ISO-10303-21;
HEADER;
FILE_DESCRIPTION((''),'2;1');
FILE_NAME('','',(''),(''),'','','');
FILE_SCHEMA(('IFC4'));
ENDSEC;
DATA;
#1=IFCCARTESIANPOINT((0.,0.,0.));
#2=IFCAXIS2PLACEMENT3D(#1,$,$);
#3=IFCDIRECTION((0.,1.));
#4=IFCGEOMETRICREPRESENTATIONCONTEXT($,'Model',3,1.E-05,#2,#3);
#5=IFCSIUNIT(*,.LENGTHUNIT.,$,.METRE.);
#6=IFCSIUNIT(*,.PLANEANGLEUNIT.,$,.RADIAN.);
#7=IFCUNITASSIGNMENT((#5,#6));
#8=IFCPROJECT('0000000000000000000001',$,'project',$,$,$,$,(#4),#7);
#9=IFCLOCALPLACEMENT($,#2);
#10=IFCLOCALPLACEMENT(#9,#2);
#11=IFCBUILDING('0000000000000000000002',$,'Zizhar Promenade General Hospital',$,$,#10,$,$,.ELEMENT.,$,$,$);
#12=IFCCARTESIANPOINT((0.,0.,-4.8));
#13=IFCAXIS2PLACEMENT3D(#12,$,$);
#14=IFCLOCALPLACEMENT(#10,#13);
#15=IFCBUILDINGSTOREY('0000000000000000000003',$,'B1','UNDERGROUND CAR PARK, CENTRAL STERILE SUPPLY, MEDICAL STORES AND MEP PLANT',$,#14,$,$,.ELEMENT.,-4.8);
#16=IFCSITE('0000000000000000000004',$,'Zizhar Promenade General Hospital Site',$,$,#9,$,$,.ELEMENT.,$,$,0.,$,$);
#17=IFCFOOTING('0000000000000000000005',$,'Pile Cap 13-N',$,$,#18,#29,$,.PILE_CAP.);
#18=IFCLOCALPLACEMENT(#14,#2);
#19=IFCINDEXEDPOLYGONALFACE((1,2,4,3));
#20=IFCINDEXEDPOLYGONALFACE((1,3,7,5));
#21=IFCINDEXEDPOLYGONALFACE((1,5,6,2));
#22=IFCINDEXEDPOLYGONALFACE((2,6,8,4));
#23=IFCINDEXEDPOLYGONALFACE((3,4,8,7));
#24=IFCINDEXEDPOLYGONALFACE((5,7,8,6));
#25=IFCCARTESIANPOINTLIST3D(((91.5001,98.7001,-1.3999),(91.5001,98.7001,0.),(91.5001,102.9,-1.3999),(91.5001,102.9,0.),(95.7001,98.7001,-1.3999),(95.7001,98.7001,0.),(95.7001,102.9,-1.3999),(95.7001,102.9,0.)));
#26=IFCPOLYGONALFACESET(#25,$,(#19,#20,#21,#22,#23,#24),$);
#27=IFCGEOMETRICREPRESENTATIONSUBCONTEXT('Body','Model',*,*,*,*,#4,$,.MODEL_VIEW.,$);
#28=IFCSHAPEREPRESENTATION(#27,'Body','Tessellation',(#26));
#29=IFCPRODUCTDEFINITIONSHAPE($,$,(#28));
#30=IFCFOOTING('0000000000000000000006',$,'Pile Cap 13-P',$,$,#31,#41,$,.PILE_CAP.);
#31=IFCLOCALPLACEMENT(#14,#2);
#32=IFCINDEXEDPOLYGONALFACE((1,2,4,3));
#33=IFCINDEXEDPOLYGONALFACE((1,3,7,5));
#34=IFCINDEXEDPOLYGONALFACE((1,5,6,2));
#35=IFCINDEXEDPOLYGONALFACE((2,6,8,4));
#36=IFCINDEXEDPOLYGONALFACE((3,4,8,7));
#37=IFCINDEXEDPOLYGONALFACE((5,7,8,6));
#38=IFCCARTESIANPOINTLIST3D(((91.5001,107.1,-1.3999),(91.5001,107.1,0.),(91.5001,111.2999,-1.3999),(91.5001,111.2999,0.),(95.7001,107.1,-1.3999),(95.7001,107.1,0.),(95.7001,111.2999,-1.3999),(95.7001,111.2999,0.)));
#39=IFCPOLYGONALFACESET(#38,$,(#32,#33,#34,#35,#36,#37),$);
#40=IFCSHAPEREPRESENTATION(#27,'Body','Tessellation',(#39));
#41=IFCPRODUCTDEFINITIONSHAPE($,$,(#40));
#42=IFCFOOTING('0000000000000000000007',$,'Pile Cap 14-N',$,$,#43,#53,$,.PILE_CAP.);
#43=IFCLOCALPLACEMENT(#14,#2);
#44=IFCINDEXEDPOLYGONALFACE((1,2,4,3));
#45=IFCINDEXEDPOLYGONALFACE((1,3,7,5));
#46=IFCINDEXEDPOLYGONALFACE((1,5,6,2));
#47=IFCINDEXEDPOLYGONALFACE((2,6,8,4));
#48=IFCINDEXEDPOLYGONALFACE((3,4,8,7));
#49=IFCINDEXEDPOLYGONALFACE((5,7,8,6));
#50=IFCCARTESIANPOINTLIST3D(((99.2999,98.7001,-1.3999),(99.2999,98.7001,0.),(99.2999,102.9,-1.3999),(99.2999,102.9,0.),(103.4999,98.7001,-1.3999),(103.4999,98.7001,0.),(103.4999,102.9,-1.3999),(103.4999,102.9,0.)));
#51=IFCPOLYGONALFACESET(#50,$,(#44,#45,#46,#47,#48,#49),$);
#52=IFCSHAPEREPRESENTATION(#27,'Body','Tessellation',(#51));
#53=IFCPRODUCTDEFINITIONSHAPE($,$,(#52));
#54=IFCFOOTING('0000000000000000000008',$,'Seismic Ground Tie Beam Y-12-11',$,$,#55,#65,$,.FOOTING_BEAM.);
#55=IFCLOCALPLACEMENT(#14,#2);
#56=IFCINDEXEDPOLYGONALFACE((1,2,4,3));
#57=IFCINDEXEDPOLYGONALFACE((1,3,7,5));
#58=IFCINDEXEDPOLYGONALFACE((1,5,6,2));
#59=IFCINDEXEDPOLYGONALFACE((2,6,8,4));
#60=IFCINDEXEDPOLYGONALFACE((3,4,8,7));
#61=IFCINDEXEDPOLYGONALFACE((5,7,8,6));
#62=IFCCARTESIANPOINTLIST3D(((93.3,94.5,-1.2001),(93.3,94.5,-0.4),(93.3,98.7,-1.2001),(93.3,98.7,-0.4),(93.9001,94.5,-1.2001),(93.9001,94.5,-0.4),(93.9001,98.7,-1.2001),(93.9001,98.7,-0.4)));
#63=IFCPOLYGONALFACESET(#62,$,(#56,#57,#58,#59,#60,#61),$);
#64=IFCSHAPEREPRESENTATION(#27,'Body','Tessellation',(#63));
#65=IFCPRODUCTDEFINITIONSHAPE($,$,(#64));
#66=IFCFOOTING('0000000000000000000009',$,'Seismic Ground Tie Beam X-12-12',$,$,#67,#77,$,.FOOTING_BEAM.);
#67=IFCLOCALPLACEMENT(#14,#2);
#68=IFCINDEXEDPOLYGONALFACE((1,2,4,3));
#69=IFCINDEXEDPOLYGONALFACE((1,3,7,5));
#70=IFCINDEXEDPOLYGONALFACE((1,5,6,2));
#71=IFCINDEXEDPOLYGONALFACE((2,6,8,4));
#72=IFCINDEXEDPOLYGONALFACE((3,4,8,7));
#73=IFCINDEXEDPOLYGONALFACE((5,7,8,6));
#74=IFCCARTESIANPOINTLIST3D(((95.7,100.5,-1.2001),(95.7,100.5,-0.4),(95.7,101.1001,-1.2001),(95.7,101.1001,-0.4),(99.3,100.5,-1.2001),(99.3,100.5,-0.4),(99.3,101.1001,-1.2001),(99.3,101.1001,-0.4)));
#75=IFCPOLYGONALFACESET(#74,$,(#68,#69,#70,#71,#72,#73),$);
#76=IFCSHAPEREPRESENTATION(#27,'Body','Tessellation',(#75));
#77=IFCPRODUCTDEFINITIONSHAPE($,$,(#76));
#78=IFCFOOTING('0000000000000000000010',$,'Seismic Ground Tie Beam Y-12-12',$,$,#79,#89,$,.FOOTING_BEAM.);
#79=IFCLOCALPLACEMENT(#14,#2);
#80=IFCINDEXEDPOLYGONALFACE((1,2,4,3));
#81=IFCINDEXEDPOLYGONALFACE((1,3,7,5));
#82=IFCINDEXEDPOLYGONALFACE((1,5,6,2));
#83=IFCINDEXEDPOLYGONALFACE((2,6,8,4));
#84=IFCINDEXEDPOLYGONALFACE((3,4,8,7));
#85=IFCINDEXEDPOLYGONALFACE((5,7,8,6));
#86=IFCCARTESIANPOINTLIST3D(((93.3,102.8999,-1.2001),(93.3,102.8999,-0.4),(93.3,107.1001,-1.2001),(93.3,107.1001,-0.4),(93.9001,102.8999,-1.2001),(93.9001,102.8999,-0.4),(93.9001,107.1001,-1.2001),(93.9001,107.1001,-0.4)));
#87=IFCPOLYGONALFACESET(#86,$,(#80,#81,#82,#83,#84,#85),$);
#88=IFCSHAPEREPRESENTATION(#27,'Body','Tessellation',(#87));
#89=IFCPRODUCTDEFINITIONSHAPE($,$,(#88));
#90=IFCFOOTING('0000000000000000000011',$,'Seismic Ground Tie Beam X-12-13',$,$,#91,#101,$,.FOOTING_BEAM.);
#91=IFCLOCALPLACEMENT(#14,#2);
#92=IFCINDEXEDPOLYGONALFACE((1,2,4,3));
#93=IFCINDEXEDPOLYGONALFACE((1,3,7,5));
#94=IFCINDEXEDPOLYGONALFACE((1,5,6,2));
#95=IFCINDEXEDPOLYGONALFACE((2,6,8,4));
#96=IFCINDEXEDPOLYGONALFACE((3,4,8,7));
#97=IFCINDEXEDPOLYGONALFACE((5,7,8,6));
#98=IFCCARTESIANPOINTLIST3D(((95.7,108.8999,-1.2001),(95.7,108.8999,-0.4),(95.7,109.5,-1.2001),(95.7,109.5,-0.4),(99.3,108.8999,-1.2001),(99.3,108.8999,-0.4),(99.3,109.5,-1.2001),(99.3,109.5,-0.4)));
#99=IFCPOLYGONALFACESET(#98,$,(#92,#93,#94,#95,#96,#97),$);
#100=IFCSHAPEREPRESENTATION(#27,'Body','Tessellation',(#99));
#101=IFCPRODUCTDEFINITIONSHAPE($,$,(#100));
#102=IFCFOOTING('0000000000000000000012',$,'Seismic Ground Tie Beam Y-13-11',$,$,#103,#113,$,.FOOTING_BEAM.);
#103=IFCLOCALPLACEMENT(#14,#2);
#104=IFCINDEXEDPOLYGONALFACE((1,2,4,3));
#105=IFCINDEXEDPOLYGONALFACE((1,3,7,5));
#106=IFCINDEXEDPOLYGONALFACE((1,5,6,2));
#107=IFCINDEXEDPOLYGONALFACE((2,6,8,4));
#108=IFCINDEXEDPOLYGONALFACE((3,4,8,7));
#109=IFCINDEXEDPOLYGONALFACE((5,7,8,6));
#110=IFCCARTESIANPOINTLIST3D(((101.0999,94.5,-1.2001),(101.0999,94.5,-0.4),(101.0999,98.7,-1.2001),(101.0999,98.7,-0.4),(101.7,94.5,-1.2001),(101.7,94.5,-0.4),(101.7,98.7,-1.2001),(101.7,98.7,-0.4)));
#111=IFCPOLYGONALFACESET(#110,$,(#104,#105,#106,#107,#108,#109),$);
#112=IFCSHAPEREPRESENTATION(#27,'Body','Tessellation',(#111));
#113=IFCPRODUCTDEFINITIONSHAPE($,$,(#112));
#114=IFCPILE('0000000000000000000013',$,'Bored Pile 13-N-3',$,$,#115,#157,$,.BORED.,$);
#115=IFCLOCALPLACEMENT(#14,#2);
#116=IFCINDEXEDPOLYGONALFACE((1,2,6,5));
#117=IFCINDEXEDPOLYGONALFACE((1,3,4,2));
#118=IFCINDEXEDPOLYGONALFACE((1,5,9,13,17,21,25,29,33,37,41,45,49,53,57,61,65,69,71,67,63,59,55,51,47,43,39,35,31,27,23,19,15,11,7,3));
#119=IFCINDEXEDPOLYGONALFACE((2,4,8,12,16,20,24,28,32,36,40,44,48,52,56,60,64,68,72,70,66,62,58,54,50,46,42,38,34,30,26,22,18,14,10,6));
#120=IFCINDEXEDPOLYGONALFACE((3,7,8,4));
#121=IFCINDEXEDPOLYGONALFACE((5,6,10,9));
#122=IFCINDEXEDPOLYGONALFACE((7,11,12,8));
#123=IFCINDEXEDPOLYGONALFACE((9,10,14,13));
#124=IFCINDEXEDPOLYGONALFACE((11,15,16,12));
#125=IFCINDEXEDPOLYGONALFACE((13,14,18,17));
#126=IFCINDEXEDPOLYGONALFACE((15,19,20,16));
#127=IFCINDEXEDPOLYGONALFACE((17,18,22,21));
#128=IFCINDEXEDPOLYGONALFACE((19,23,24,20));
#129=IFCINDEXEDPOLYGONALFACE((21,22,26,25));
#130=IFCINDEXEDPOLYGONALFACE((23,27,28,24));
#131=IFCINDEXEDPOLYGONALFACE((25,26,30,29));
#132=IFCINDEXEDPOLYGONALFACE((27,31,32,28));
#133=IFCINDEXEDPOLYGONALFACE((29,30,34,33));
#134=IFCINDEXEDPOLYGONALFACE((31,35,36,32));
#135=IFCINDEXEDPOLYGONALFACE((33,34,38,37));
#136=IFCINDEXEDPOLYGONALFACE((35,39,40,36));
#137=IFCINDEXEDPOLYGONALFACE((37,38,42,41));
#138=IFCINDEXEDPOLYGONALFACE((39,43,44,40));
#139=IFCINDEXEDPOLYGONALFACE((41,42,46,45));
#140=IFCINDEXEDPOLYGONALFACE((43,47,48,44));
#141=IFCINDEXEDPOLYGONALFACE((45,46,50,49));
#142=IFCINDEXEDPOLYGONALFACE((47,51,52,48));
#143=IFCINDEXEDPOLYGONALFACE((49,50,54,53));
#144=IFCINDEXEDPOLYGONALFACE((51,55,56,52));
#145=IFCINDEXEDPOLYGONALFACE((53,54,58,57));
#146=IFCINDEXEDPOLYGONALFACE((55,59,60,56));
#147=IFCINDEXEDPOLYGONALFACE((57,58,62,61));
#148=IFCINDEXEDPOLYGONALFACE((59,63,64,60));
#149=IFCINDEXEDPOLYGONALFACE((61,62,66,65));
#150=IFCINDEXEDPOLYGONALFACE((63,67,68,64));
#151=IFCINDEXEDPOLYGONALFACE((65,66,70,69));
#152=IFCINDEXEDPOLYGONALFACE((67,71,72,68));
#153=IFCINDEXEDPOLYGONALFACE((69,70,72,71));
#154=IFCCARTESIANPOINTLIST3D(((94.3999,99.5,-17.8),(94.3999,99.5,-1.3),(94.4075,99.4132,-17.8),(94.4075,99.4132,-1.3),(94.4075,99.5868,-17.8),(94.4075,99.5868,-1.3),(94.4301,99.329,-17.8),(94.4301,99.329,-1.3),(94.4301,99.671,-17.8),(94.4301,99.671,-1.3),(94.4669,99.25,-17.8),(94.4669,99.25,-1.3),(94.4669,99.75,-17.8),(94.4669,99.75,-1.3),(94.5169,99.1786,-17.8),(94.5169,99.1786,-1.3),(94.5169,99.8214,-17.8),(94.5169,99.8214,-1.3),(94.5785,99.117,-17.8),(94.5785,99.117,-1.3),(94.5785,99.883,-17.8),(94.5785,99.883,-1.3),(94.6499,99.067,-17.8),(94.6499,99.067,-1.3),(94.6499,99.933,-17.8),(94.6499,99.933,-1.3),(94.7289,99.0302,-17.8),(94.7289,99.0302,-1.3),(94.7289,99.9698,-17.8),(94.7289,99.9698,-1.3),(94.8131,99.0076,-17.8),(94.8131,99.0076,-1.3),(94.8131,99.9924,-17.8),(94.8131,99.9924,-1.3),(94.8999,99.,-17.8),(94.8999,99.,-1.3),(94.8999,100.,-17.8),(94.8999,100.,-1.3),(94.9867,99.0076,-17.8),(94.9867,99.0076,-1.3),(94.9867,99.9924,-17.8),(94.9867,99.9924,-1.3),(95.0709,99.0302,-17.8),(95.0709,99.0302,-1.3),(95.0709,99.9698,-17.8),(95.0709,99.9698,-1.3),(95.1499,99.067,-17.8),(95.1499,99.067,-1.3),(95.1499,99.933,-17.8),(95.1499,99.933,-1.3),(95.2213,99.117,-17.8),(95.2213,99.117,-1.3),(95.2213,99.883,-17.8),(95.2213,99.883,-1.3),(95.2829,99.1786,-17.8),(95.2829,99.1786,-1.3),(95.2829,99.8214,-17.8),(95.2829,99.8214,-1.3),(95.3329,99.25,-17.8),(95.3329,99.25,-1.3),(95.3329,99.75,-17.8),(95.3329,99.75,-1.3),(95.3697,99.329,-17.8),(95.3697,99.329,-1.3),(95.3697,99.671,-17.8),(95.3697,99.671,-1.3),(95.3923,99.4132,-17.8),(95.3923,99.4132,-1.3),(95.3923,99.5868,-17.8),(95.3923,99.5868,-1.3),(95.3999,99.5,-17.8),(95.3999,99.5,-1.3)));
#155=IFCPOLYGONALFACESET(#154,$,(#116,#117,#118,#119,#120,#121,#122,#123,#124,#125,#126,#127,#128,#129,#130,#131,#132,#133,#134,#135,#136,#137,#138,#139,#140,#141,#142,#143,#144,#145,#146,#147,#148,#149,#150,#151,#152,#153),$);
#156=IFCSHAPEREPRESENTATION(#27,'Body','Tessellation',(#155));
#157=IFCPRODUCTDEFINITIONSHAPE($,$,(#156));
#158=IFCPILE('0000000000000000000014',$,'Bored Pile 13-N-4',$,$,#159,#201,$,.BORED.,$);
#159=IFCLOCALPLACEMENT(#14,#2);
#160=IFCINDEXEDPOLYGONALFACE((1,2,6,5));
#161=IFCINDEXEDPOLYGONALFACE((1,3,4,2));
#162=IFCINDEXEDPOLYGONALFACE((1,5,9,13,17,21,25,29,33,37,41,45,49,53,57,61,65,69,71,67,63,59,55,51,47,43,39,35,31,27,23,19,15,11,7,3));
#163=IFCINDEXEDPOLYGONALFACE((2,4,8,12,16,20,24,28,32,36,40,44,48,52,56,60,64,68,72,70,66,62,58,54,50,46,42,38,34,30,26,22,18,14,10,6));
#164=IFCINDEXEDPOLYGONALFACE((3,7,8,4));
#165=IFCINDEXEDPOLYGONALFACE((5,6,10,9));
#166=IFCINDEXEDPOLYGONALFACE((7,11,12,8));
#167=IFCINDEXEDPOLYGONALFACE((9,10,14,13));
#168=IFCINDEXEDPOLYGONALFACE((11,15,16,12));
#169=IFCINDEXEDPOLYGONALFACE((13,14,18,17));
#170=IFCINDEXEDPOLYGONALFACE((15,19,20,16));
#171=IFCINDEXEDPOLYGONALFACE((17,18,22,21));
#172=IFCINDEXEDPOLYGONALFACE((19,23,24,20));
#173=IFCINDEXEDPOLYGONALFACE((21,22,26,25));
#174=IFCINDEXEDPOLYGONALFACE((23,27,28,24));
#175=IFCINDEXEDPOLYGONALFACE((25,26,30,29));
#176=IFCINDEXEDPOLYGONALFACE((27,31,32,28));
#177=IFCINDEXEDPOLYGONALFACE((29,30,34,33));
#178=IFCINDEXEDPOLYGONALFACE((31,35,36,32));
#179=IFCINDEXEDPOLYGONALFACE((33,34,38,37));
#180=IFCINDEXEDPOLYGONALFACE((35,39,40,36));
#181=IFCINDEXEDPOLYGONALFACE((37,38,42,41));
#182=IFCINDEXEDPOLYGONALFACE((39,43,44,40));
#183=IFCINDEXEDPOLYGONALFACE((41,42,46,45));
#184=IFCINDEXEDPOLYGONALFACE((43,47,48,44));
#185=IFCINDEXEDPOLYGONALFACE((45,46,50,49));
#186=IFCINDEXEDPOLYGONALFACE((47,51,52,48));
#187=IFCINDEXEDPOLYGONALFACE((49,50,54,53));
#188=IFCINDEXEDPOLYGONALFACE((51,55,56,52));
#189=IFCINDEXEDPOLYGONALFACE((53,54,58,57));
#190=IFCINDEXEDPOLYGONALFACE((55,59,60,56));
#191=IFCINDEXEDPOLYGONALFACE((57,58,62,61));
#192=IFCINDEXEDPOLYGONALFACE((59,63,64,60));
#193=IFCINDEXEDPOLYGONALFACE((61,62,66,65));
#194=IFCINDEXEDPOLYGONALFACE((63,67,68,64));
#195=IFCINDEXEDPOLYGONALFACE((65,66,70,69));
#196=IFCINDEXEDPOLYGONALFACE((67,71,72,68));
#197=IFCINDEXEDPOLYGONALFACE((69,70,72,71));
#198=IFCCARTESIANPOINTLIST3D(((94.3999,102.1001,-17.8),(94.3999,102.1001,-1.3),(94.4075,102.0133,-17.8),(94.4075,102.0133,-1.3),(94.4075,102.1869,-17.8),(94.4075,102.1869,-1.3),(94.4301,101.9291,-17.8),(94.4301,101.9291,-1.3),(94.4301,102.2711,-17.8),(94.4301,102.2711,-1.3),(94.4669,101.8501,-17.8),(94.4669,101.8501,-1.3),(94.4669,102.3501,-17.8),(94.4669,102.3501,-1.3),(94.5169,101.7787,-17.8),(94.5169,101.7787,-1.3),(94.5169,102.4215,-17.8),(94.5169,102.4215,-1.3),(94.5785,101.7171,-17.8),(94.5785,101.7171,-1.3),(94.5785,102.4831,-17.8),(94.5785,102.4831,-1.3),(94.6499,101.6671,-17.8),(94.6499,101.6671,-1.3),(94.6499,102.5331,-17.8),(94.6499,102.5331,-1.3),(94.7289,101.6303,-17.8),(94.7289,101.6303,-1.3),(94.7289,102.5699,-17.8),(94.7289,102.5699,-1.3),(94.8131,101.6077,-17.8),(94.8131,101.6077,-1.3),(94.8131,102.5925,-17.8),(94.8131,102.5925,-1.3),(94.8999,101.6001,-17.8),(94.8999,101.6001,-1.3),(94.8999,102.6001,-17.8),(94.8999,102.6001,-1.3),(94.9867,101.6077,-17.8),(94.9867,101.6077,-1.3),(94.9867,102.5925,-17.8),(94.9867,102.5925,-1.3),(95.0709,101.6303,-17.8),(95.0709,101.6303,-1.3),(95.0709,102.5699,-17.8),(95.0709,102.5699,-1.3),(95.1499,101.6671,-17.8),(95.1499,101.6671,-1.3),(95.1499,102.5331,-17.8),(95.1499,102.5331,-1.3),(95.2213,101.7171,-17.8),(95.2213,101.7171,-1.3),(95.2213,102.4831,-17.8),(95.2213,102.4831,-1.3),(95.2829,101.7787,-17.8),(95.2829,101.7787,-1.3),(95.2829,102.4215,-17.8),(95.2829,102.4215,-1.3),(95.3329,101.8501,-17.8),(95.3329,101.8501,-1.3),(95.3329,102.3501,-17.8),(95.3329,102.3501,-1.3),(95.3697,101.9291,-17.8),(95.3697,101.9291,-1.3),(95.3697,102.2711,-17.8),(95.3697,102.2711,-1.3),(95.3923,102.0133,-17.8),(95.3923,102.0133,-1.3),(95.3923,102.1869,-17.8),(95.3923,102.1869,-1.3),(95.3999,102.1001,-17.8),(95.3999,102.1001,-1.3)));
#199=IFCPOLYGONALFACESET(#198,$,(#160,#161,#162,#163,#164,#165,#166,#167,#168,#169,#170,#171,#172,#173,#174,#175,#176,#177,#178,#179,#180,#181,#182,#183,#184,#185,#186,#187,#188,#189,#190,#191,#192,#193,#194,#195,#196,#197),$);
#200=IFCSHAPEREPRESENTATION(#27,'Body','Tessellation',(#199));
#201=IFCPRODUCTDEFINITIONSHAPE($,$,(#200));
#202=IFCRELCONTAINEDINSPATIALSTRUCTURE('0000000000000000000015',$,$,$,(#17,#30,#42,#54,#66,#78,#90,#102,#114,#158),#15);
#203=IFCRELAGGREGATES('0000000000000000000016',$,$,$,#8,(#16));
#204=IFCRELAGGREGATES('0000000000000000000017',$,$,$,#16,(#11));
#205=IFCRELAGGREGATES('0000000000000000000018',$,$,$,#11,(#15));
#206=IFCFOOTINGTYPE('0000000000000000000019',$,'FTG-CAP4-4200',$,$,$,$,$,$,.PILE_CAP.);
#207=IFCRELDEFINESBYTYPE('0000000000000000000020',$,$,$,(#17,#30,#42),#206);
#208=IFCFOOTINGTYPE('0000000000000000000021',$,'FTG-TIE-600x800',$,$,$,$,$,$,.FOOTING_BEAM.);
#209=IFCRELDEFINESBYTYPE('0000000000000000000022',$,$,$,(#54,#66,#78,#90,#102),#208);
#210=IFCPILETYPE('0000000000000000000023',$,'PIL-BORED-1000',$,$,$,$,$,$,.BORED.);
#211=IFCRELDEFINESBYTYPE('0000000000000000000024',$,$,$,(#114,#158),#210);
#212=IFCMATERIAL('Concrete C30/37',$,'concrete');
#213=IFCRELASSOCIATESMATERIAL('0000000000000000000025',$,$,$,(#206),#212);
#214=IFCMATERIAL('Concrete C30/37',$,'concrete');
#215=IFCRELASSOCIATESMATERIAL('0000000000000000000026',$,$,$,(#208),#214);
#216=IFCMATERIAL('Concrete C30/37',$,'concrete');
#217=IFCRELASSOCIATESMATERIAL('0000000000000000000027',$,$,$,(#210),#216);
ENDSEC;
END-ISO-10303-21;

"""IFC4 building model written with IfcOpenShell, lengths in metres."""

from ifc_helpers import new_model, si_unit, direction, frame, origin, origin_2d, place, context, subcontext, project, spatial, rectangle, circle, extrude, material, material_profile, profile_set, type_object, element, save


model = new_model("IFC4")

# Units and contexts
model_context = context("Model", 3, precision=1e-05, world=origin(), true_north=direction((0.0, 1.0)))
body_context = subcontext(model_context, "Body", "Model", "MODEL_VIEW")
ifc_project = project(units=[si_unit("LENGTHUNIT", "METRE"), si_unit("PLANEANGLEUNIT", "RADIAN")], contexts=[model_context])

# Site, building, storey
site_placement = place(None, origin())
site = spatial("IfcSite", under=ifc_project, at=site_placement, Name="Zizhar Promenade General Hospital Site", CompositionType="ELEMENT", RefElevation=0.0)
building_placement = place(site_placement, origin())
building = spatial("IfcBuilding", under=site, at=building_placement, Name="Zizhar Promenade General Hospital", CompositionType="ELEMENT")
storey_placement = place(building_placement, frame((0.0, 0.0, -4.8)))
storey = spatial("IfcBuildingStorey", under=building, at=storey_placement, Name="B1", Description="UNDERGROUND CAR PARK, CENTRAL STERILE SUPPLY, MEDICAL STORES AND MEP PLANT", CompositionType="ELEMENT", Elevation=-4.8)

# Footings
ifc_material_1 = material(Name="Concrete C30/37", Category="concrete")
footing_type_1 = type_object("IfcFootingType", Name="FTG-CAP4-4200", PredefinedType="PILE_CAP", material=ifc_material_1)
for number, where, z_axis, x_axis, name in (
    (1, (93.6001, 100.8, -1.3999), (0.0, 0.0, 1.0), (1.0, 0.0, 0.0), "Pile Cap 13-N"),
    (2, (93.6001, 109.2, -1.3999), (0.0, 0.0, 1.0), (1.0, 0.0, 0.0), "Pile Cap 13-P"),
    (3, (101.3999, 100.8, -1.3999), (0.0, 0.0, 1.0), (1.0, 0.0, 0.0), "Pile Cap 14-N"),
):
    element("IfcFooting", number, at=place(storey_placement, frame(where, z_axis=z_axis, x_axis=x_axis)), inside=storey, type_object=footing_type_1, Name=name, PredefinedType="PILE_CAP", context=body_context, shape_type="SweptSolid", body=[
        extrude(rectangle(XDim=4.2, YDim=4.2, at=origin_2d()), origin(), (0.0, 0.0, 1.0), 1.3999),
    ])
ifc_material_2 = material(Name="Concrete C30/37", Category="concrete")
ifc_material_profile_1 = material_profile(ifc_material_2, rectangle(XDim=0.6001, YDim=0.8, at=origin_2d()))
ifc_profile_set_1 = profile_set([ifc_material_profile_1], Name="Concrete C30/37")
footing_type_2 = type_object("IfcFootingType", Name="FTG-TIE-600x800", PredefinedType="FOOTING_BEAM", material=ifc_profile_set_1)
footing_1_placement = place(storey_placement, frame((93.6001, 94.5, -0.8), z_axis=(0.0, 1.0, 0.0), x_axis=(-1.0, 0.0, 0.0)))
element("IfcFooting", 4, at=footing_1_placement, inside=storey, type_object=footing_type_2, Name="Seismic Ground Tie Beam Y-12-11", PredefinedType="FOOTING_BEAM", context=body_context, shape_type="SweptSolid", body=[
    extrude(rectangle(XDim=0.6001, YDim=0.8, at=origin_2d()), origin(), (0.0, 0.0, 1.0), 4.2),
])
footing_2_placement = place(storey_placement, frame((95.7, 100.8, -0.8), z_axis=(1.0, 0.0, 0.0), x_axis=(0.0, 1.0, 0.0)))
element("IfcFooting", 5, at=footing_2_placement, inside=storey, type_object=footing_type_2, Name="Seismic Ground Tie Beam X-12-12", PredefinedType="FOOTING_BEAM", context=body_context, shape_type="SweptSolid", body=[
    extrude(rectangle(XDim=0.6001, YDim=0.8, at=origin_2d()), origin(), (0.0, 0.0, 1.0), 3.6001),
])
footing_3_placement = place(storey_placement, frame((93.6001, 102.8999, -0.8), z_axis=(0.0, 1.0, 0.0), x_axis=(-1.0, 0.0, 0.0)))
element("IfcFooting", 6, at=footing_3_placement, inside=storey, type_object=footing_type_2, Name="Seismic Ground Tie Beam Y-12-12", PredefinedType="FOOTING_BEAM", context=body_context, shape_type="SweptSolid", body=[
    extrude(rectangle(XDim=0.6001, YDim=0.8, at=origin_2d()), origin(), (0.0, 0.0, 1.0), 4.2002),
])
footing_4_placement = place(storey_placement, frame((95.7, 109.2, -0.8), z_axis=(1.0, 0.0, 0.0), x_axis=(0.0, 1.0, 0.0)))
element("IfcFooting", 7, at=footing_4_placement, inside=storey, type_object=footing_type_2, Name="Seismic Ground Tie Beam X-12-13", PredefinedType="FOOTING_BEAM", context=body_context, shape_type="SweptSolid", body=[
    extrude(rectangle(XDim=0.6001, YDim=0.8, at=origin_2d()), origin(), (0.0, 0.0, 1.0), 3.6001),
])
footing_5_placement = place(storey_placement, frame((101.3999, 94.5, -0.8), z_axis=(0.0, 1.0, 0.0), x_axis=(-1.0, 0.0, 0.0)))
element("IfcFooting", 8, at=footing_5_placement, inside=storey, type_object=footing_type_2, Name="Seismic Ground Tie Beam Y-13-11", PredefinedType="FOOTING_BEAM", context=body_context, shape_type="SweptSolid", body=[
    extrude(rectangle(XDim=0.6001, YDim=0.8, at=origin_2d()), origin(), (0.0, 0.0, 1.0), 4.2),
])

# Piles
ifc_material_3 = material(Name="Concrete C30/37", Category="concrete")
ifc_material_profile_2 = material_profile(ifc_material_3, circle(Radius=0.5, at=origin_2d()))
ifc_profile_set_2 = profile_set([ifc_material_profile_2], Name="Concrete C30/37")
pile_type = type_object("IfcPileType", Name="PIL-BORED-1000", PredefinedType="BORED", material=ifc_profile_set_2)
for number, where, z_axis, x_axis, name in (
    (9, (94.8999, 99.5, -1.3), (0.0, 0.0, -1.0), (1.0, 0.0, 0.0), "Bored Pile 13-N-3"),
    (10, (94.8999, 102.1001, -1.3), (0.0, 0.0, -1.0), (1.0, 0.0, 0.0), "Bored Pile 13-N-4"),
):
    element("IfcPile", number, at=place(storey_placement, frame(where, z_axis=z_axis, x_axis=x_axis)), inside=storey, type_object=pile_type, Name=name, PredefinedType="BORED", context=body_context, shape_type="SweptSolid", body=[
        extrude(circle(Radius=0.5, at=origin_2d()), origin(), (0.0, 0.0, 1.0), 16.5),
    ])

save(model, "model.ifc")
